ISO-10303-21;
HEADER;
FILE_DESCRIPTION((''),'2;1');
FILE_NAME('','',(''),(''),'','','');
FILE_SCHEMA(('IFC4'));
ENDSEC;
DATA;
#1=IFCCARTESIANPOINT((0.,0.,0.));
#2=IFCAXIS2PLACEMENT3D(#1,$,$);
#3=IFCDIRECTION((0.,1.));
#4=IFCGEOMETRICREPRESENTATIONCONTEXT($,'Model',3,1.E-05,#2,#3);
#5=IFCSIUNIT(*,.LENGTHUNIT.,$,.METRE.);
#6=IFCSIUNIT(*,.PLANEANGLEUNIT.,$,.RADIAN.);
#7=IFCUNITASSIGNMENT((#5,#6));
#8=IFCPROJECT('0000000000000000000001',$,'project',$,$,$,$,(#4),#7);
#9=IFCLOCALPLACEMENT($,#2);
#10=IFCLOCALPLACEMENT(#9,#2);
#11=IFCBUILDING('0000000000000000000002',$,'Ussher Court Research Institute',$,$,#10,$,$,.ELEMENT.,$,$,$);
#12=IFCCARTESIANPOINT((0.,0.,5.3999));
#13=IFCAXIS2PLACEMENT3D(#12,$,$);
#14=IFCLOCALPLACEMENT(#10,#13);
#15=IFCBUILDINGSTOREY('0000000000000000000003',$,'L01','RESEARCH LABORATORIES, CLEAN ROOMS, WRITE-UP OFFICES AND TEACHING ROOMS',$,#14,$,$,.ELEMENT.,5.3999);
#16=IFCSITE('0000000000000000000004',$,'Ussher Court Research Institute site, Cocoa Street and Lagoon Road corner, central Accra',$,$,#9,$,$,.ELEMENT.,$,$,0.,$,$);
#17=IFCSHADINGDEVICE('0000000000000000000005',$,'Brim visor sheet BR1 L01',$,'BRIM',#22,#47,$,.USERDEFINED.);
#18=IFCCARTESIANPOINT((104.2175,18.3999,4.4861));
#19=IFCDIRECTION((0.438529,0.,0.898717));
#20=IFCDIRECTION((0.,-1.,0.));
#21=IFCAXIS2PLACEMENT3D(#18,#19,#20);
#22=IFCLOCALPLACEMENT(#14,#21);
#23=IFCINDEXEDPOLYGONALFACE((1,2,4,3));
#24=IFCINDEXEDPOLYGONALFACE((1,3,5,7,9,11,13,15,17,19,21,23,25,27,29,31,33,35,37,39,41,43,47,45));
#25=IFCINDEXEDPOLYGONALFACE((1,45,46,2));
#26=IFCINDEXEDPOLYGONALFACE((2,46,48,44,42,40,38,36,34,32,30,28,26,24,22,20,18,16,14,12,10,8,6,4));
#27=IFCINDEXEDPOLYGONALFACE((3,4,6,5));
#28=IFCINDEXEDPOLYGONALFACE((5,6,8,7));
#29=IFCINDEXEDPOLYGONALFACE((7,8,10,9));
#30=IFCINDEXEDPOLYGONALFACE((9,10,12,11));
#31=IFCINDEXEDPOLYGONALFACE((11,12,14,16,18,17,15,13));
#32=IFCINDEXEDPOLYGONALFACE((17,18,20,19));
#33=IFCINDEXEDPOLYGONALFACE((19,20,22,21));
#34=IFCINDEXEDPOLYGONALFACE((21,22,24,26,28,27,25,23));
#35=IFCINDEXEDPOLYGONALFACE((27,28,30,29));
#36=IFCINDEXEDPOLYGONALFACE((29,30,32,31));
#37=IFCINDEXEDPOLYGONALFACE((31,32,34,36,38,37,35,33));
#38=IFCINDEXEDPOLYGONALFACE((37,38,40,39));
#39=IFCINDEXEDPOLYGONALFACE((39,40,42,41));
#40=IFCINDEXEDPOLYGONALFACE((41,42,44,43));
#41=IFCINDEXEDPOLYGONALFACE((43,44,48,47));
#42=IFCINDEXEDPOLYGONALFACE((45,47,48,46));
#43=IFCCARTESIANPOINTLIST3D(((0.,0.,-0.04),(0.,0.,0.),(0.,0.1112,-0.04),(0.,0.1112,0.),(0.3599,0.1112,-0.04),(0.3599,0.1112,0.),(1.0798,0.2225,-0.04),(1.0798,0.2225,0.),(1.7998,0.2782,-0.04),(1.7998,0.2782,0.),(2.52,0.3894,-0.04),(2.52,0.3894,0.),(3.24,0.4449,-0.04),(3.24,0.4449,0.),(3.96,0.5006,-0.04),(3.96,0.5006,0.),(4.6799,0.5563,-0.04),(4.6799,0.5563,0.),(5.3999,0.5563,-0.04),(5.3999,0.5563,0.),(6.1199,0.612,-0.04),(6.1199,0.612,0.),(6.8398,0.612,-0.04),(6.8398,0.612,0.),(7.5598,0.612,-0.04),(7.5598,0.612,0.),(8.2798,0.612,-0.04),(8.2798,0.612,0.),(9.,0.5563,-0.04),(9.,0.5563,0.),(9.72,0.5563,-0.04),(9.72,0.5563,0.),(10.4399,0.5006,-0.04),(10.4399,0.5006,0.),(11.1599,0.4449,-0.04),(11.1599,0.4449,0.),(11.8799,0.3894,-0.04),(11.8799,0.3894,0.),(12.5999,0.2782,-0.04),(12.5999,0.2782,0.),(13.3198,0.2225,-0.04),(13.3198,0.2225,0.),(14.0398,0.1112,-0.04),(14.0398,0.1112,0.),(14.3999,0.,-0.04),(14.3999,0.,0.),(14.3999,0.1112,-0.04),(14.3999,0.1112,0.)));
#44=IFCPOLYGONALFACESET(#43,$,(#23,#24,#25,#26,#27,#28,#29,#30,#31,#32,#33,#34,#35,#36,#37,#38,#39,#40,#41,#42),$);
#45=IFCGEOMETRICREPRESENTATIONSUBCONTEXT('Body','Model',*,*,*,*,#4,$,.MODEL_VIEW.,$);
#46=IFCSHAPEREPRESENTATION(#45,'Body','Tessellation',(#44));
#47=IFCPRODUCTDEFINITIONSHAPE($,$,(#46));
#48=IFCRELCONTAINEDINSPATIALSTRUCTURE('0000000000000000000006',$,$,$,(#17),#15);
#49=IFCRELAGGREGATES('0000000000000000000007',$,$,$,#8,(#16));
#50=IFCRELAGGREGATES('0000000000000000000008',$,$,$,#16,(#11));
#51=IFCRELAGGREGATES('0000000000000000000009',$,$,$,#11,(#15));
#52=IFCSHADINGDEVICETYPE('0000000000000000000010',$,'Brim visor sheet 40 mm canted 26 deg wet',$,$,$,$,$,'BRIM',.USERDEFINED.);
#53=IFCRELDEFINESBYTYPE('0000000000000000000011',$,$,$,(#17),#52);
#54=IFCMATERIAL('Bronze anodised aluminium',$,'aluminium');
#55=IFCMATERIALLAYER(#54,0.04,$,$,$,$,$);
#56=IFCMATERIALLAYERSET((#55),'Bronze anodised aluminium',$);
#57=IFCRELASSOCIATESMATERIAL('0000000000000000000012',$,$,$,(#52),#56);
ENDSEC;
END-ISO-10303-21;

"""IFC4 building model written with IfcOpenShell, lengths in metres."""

from ifc_helpers import new_model, si_unit, direction, frame, origin, place, context, subcontext, project, spatial, polyline, outline, extrude, material, layer, layer_set, type_object, element, save


model = new_model("IFC4")

# Units and contexts
model_context = context("Model", 3, precision=1e-05, world=origin(), true_north=direction((0.0, 1.0)))
body_context = subcontext(model_context, "Body", "Model", "MODEL_VIEW")
ifc_project = project(units=[si_unit("LENGTHUNIT", "METRE"), si_unit("PLANEANGLEUNIT", "RADIAN")], contexts=[model_context])

# Site, building, storey
site_placement = place(None, origin())
site = spatial("IfcSite", under=ifc_project, at=site_placement, Name="Ussher Court Research Institute site, Cocoa Street and Lagoon Road corner, central Accra", CompositionType="ELEMENT", RefElevation=0.0)
building_placement = place(site_placement, origin())
building = spatial("IfcBuilding", under=site, at=building_placement, Name="Ussher Court Research Institute", CompositionType="ELEMENT")
storey_placement = place(building_placement, frame((0.0, 0.0, 5.3999)))
storey = spatial("IfcBuildingStorey", under=building, at=storey_placement, Name="L01", Description="RESEARCH LABORATORIES, CLEAN ROOMS, WRITE-UP OFFICES AND TEACHING ROOMS", CompositionType="ELEMENT", Elevation=5.3999)

# Shading device
ifc_material_1 = material(Name="Bronze anodised aluminium", Category="aluminium")
ifc_layer_1 = layer(ifc_material_1, 0.04)
ifc_layer_set_1 = layer_set([ifc_layer_1], Name="Bronze anodised aluminium")
shading_device_type_1 = type_object("IfcShadingDeviceType", Name="Brim visor sheet 40 mm canted 26 deg wet", ElementType="BRIM", PredefinedType="USERDEFINED", material=ifc_layer_set_1)
shading_device_1_placement = place(storey_placement, frame((104.2175, 18.3999, 4.4861), z_axis=(0.438529, 0.0, 0.898717), x_axis=(0.0, -1.0, 0.0)))
element("IfcShadingDevice", 1, at=shading_device_1_placement, inside=storey, type_object=shading_device_type_1, Name="Brim visor sheet BR1 L01", ObjectType="BRIM", PredefinedType="USERDEFINED", context=body_context, shape_type="SweptSolid", body=[
    extrude(outline(polyline([(0.0, 0.0), (14.3999, 0.0), (14.3999, 0.1112), (14.0398, 0.1112), (13.3198, 0.2225), (12.5999, 0.2782), (11.8799, 0.3894), (11.1599, 0.4449), (10.4399, 0.5006), (9.72, 0.5563), (9.0, 0.5563), (8.2798, 0.612), (7.5598, 0.612), (6.8398, 0.612), (6.1199, 0.612), (5.3999, 0.5563), (4.6799, 0.5563), (3.96, 0.5006), (3.24, 0.4449), (2.52, 0.3894), (1.7998, 0.2782), (1.0798, 0.2225), (0.3599, 0.1112), (0.0, 0.1112), (0.0, 0.0)])), origin(), (0.0, 0.0, -1.0), 0.04),
])

save(model, "model.ifc")
